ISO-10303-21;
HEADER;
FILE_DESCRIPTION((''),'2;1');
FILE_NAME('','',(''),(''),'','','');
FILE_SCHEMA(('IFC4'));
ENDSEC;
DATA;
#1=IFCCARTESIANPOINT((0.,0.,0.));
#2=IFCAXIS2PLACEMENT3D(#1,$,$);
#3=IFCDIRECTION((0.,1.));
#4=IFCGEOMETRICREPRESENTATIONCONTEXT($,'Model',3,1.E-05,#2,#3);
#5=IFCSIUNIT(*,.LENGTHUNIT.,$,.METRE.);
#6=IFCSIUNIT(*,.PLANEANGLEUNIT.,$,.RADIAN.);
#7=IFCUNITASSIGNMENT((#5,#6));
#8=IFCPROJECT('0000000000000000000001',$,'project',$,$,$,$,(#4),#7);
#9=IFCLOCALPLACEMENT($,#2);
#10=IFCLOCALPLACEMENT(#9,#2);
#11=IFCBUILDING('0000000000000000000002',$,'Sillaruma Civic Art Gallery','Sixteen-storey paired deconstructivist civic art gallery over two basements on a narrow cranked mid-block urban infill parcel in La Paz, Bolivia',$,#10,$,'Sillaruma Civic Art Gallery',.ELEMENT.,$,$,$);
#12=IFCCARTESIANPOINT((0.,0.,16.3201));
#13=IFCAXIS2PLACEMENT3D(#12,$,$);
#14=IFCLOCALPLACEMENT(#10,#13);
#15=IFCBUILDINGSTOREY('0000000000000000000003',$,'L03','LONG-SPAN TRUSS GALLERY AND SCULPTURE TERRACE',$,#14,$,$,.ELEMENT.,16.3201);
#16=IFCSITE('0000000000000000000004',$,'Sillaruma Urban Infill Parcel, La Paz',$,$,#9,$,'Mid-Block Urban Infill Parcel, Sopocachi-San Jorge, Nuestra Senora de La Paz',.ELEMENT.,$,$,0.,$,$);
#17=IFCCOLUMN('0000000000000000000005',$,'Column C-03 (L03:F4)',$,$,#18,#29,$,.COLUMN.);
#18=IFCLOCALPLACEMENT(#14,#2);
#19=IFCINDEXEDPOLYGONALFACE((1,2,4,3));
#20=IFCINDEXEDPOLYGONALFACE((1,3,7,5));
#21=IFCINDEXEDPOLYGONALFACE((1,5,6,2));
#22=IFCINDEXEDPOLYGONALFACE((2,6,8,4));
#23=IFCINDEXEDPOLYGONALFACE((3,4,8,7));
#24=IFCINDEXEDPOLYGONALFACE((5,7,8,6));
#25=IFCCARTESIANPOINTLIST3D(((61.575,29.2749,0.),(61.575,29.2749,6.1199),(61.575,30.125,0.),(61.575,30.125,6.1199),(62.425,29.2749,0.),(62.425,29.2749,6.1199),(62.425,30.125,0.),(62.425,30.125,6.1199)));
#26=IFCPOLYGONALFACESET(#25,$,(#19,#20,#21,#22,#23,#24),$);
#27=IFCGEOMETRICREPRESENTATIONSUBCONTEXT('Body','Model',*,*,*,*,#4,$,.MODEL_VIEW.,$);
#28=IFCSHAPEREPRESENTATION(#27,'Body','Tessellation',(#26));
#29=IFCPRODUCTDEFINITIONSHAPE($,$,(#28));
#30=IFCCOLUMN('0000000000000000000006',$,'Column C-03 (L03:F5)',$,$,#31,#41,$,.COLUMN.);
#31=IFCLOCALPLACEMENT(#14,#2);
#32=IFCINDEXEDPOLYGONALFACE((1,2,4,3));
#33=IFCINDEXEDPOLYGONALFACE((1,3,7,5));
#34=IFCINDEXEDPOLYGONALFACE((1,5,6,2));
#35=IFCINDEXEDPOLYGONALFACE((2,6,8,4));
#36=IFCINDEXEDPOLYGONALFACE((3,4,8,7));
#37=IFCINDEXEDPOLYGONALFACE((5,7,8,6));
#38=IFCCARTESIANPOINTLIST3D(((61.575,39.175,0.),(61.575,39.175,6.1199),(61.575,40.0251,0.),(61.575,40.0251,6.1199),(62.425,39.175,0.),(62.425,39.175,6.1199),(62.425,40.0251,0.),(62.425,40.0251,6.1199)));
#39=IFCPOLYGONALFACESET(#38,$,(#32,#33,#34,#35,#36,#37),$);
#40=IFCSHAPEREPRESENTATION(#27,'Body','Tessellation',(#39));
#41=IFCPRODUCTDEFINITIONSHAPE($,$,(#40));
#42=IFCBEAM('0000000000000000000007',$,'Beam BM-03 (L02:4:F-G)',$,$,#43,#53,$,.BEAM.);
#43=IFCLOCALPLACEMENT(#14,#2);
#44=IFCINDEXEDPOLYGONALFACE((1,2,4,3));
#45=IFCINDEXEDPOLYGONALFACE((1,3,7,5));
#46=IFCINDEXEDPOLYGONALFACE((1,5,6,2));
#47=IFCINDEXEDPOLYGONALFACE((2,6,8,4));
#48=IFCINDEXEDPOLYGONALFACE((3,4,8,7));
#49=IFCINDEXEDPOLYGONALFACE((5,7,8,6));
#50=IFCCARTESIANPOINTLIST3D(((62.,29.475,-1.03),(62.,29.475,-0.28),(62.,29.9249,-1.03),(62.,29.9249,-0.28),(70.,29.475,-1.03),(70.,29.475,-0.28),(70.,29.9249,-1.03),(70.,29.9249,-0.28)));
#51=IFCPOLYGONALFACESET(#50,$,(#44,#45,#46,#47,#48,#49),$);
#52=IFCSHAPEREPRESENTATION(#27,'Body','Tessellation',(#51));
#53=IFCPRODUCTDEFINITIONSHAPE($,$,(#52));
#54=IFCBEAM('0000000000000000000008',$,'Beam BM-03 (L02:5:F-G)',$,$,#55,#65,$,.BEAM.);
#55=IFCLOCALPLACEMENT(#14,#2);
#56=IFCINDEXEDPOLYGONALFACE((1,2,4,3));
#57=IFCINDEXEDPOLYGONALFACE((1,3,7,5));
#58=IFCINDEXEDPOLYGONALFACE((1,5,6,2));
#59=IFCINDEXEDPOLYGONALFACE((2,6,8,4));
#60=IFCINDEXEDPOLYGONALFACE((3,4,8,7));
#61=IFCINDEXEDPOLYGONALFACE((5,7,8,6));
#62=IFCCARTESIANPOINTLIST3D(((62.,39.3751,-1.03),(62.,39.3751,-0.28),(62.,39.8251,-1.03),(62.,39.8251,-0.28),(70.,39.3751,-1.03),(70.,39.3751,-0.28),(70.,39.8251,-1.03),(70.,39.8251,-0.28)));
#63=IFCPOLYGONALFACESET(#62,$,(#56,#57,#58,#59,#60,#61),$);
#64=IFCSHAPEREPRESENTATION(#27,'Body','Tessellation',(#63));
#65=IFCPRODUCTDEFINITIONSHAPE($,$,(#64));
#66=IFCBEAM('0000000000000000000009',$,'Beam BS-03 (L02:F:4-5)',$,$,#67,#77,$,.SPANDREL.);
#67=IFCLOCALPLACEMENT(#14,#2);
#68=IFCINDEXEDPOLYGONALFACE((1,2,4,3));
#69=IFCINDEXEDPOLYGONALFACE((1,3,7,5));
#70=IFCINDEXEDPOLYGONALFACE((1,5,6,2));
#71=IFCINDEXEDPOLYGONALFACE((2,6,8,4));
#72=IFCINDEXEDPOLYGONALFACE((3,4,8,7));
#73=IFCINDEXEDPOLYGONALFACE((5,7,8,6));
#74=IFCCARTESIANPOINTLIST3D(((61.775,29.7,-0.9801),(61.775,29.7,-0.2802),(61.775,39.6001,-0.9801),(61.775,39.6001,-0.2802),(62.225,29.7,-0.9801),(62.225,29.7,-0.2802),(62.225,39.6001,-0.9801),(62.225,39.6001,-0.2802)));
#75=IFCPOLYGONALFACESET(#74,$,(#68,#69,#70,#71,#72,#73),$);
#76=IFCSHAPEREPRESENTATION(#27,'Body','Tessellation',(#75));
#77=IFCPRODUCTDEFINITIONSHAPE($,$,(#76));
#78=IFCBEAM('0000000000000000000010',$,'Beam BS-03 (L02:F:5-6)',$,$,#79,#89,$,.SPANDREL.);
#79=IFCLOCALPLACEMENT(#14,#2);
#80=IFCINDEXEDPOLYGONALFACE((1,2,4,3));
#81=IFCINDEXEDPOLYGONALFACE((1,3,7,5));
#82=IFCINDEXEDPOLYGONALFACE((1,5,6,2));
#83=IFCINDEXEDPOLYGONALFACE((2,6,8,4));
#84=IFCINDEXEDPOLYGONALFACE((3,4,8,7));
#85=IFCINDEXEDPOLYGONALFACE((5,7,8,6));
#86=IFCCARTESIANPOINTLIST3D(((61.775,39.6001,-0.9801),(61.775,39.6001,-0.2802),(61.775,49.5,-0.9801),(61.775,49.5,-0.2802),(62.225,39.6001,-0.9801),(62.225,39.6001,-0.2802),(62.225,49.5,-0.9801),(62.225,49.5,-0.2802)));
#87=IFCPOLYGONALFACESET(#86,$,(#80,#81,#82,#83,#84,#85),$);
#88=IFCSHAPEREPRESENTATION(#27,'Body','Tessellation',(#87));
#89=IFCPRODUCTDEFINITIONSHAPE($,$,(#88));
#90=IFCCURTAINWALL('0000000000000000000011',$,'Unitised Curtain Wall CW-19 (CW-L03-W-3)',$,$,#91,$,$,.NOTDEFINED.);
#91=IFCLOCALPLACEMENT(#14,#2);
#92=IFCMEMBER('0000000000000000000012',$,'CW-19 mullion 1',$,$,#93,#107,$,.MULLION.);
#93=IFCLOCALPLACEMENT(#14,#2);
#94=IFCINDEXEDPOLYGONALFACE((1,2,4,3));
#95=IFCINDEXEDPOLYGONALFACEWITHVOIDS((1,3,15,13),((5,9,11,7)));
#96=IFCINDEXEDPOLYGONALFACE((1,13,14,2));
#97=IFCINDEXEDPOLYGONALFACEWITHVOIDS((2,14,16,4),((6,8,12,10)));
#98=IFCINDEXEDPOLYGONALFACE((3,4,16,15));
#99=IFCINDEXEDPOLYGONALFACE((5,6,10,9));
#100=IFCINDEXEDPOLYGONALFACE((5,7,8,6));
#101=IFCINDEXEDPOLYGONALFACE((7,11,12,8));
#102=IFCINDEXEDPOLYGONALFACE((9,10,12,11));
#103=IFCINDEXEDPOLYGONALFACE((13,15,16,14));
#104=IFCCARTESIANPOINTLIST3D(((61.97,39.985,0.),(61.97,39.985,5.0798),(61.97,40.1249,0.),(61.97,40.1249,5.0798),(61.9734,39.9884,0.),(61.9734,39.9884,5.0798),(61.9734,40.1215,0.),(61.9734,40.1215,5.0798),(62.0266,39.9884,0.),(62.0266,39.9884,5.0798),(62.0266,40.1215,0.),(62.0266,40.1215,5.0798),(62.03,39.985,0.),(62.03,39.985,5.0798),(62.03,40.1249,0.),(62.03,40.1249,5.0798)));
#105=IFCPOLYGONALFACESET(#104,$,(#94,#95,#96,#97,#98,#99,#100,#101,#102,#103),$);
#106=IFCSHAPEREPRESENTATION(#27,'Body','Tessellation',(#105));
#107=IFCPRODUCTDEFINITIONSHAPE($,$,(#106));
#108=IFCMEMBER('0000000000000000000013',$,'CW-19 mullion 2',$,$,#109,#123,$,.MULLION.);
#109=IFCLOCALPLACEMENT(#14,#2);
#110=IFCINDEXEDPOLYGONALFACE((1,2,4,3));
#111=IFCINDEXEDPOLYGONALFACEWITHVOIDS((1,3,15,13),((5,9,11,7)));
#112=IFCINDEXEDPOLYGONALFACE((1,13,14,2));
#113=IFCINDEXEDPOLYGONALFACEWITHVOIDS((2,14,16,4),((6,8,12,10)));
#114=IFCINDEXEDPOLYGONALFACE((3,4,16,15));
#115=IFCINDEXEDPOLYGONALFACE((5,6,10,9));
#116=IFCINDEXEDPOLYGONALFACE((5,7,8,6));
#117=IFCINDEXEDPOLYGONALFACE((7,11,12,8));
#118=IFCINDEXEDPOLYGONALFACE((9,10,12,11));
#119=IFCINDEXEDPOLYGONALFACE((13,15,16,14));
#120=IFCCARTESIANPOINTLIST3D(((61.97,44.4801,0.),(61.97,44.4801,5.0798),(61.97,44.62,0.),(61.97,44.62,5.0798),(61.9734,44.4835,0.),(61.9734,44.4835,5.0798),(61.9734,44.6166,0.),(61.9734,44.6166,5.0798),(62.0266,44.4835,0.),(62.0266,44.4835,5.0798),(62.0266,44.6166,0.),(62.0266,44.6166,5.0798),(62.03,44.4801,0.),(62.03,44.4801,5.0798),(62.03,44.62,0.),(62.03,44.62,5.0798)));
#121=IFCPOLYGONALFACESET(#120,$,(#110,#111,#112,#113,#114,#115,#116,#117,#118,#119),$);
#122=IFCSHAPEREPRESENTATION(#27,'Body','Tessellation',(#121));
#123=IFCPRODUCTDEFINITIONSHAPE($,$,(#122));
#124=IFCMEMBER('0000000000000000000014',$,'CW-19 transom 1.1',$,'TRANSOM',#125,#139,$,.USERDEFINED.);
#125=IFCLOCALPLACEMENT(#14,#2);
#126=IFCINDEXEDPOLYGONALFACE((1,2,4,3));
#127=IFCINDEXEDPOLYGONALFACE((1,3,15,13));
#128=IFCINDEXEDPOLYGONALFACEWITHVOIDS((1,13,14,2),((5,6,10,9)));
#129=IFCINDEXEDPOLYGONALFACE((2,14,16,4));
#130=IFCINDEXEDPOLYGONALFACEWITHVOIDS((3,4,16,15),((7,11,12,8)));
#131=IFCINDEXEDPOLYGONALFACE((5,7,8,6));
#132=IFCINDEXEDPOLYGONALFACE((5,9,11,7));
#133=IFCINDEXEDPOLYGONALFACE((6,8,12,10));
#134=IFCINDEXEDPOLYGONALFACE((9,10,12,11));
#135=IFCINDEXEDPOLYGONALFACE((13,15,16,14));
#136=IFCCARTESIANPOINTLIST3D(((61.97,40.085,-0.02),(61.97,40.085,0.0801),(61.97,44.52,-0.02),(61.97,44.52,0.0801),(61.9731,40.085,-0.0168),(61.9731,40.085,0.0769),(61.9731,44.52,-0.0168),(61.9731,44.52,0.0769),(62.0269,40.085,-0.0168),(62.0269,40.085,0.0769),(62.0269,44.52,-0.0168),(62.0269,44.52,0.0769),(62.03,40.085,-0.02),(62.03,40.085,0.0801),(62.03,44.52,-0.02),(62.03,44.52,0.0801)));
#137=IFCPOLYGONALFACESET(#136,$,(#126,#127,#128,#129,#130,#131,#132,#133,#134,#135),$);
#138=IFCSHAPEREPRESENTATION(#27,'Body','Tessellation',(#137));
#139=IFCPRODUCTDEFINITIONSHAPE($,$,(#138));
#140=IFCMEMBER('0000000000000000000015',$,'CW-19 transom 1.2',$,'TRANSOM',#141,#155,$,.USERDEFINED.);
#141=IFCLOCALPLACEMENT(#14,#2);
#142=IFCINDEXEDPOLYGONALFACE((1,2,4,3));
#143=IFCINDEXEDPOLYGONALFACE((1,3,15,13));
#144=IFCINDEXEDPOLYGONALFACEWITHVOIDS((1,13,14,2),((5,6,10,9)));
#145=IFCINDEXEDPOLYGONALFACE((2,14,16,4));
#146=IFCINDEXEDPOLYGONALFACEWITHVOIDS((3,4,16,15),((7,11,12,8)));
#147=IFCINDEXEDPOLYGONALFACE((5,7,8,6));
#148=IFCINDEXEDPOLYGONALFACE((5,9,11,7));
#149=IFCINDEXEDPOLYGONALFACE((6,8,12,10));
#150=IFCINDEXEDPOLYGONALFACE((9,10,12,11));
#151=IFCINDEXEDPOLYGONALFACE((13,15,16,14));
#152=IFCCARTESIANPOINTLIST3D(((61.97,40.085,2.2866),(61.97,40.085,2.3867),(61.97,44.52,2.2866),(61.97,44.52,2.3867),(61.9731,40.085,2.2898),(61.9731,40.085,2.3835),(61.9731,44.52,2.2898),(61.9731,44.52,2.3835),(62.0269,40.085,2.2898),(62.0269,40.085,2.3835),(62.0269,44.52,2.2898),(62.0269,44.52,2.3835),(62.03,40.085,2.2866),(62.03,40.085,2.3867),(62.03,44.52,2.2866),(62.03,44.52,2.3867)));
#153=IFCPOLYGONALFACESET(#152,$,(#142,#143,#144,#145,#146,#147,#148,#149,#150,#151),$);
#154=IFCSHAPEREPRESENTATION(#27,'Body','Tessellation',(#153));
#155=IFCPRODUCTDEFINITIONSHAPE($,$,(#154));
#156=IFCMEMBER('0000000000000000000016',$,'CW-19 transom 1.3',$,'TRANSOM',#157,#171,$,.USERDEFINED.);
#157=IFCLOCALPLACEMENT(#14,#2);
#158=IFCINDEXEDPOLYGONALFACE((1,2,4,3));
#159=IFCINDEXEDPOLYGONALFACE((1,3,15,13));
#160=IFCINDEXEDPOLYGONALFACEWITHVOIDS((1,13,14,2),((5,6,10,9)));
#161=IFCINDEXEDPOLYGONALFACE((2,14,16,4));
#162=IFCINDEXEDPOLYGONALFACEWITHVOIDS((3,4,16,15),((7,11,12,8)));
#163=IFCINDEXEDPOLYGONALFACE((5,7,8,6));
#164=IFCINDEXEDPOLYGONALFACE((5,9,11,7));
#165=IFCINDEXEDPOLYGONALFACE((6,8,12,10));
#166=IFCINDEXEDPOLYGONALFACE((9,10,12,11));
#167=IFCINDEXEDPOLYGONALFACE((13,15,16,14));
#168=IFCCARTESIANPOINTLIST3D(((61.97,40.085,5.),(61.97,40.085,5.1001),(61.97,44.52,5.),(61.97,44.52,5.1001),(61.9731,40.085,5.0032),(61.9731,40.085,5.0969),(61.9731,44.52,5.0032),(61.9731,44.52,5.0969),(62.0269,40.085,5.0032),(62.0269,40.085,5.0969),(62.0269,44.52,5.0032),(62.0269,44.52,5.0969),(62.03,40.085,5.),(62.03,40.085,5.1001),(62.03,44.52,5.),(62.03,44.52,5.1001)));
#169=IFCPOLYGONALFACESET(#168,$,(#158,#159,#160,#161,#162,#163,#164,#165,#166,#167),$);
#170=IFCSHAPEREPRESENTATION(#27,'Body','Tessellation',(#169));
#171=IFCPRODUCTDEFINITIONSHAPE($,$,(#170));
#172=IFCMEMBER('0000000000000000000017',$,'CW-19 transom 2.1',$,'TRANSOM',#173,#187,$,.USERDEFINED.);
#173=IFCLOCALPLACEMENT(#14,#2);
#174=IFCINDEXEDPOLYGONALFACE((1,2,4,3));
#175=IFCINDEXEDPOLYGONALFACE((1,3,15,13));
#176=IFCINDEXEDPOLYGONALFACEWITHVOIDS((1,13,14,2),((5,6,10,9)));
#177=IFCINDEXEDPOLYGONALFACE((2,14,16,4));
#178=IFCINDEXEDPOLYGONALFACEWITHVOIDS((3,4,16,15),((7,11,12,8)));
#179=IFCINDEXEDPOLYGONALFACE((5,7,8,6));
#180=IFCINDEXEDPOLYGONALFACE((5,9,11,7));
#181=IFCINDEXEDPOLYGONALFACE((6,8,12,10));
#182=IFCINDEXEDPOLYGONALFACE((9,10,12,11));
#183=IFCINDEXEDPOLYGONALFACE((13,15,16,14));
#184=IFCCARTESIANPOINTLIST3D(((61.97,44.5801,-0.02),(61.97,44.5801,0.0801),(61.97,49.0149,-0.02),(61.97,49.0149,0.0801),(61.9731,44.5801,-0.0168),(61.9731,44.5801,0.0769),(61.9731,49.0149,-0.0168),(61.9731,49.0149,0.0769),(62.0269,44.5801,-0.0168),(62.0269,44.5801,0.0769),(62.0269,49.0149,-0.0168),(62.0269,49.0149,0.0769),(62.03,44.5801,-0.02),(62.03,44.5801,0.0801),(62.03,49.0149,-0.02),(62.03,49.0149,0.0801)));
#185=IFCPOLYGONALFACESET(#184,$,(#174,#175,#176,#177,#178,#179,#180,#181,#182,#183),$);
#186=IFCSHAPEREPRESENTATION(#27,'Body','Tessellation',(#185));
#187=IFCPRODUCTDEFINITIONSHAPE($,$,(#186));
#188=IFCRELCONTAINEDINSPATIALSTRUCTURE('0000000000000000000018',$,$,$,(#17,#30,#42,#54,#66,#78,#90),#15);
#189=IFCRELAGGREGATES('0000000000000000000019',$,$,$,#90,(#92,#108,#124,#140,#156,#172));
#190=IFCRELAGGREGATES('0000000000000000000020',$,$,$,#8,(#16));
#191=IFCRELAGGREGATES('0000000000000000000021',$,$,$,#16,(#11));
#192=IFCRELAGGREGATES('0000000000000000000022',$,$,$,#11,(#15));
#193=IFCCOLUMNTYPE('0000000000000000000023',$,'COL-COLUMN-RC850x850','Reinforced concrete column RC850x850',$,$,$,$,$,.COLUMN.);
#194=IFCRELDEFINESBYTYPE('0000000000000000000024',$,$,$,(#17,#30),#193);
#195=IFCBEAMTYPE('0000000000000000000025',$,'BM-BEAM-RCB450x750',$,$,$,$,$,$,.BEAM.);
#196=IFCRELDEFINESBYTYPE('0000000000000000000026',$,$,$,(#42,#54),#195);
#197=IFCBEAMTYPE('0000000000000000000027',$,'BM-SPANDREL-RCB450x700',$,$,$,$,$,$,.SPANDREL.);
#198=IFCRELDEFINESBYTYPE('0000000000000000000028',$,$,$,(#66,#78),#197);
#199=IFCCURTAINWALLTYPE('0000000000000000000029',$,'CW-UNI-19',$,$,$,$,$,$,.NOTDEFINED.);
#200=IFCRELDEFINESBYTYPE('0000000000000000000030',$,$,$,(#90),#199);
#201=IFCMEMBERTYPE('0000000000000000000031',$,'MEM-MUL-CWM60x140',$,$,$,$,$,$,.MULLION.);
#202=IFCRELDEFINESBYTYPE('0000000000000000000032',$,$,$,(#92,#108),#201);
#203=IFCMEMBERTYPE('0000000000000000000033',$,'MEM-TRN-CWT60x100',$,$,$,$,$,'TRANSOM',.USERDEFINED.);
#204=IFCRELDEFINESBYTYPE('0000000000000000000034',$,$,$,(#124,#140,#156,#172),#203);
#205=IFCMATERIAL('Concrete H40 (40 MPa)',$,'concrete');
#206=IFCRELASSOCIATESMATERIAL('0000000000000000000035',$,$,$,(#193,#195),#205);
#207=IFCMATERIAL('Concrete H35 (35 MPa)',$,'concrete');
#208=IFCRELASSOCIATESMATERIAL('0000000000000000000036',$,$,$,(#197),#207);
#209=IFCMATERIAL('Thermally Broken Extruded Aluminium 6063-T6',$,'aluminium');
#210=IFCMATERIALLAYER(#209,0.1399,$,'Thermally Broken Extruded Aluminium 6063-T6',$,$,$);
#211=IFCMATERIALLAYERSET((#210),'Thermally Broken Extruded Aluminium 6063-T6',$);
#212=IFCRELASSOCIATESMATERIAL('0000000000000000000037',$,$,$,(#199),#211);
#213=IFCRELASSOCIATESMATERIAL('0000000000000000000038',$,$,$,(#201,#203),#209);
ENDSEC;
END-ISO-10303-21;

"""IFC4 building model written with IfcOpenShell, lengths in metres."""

from ifc_helpers import new_model, si_unit, direction, frame, origin, origin_2d, place, context, subcontext, project, spatial, rectangle, hollow_rectangle, extrude, material, layer, layer_set, material_profile, profile_set, type_object, element, aggregate, save


model = new_model("IFC4")

# Units and contexts
model_context = context("Model", 3, precision=1e-05, world=origin(), true_north=direction((0.0, 1.0)))
body_context = subcontext(model_context, "Body", "Model", "MODEL_VIEW")
ifc_project = project(units=[si_unit("LENGTHUNIT", "METRE"), si_unit("PLANEANGLEUNIT", "RADIAN")], contexts=[model_context])

# Site, building, storey
site_placement = place(None, origin())
site = spatial("IfcSite", under=ifc_project, at=site_placement, Name="Sillaruma Urban Infill Parcel, La Paz", LongName="Mid-Block Urban Infill Parcel, Sopocachi-San Jorge, Nuestra Senora de La Paz", CompositionType="ELEMENT", RefElevation=0.0)
building_placement = place(site_placement, origin())
building = spatial("IfcBuilding", under=site, at=building_placement, Name="Sillaruma Civic Art Gallery", Description="Sixteen-storey paired deconstructivist civic art gallery over two basements on a narrow cranked mid-block urban infill parcel in La Paz, Bolivia", LongName="Sillaruma Civic Art Gallery", CompositionType="ELEMENT")
storey_placement = place(building_placement, frame((0.0, 0.0, 16.3201)))
storey = spatial("IfcBuildingStorey", under=building, at=storey_placement, Name="L03", Description="LONG-SPAN TRUSS GALLERY AND SCULPTURE TERRACE", CompositionType="ELEMENT", Elevation=16.3201)

# Columns
ifc_material_1 = material(Name="Concrete H40 (40 MPa)", Category="concrete")
ifc_material_profile_1 = material_profile(ifc_material_1, rectangle(XDim=0.8501, YDim=0.8501, at=origin_2d()), Name="RC850x850")
ifc_profile_set_1 = profile_set([ifc_material_profile_1], Name="Concrete H40 (40 MPa)")
column_type = type_object("IfcColumnType", Name="COL-COLUMN-RC850x850", Description="Reinforced concrete column RC850x850", PredefinedType="COLUMN", material=ifc_profile_set_1)
for number, where, z_axis, x_axis, name in (
    (1, (62.0, 29.7, 0.0), (0.0, 0.0, 1.0), (1.0, 0.0, 0.0), "Column C-03 (L03:F4)"),
    (2, (62.0, 39.6001, 0.0), (0.0, 0.0, 1.0), (1.0, 0.0, 0.0), "Column C-03 (L03:F5)"),
):
    element("IfcColumn", number, at=place(storey_placement, frame(where, z_axis=z_axis, x_axis=x_axis)), inside=storey, type_object=column_type, Name=name, PredefinedType="COLUMN", context=body_context, shape_type="SweptSolid", body=[
        extrude(rectangle(XDim=0.8501, YDim=0.8501, at=origin_2d()), origin(), (0.0, 0.0, 1.0), 6.1199),
    ])

# Beams
ifc_material_profile_2 = material_profile(ifc_material_1, rectangle(XDim=0.45, YDim=0.75, at=origin_2d()), Name="RCB450x750")
ifc_profile_set_2 = profile_set([ifc_material_profile_2], Name="Concrete H40 (40 MPa)")
beam_type_1 = type_object("IfcBeamType", Name="BM-BEAM-RCB450x750", PredefinedType="BEAM", material=ifc_profile_set_2)
for number, where, z_axis, x_axis, name in (
    (3, (62.0, 29.7, -0.655), (1.0, 0.0, 0.0), (0.0, 1.0, 0.0), "Beam BM-03 (L02:4:F-G)"),
    (4, (62.0, 39.6001, -0.655), (1.0, 0.0, 0.0), (0.0, 1.0, 0.0), "Beam BM-03 (L02:5:F-G)"),
):
    element("IfcBeam", number, at=place(storey_placement, frame(where, z_axis=z_axis, x_axis=x_axis)), inside=storey, type_object=beam_type_1, Name=name, PredefinedType="BEAM", context=body_context, shape_type="SweptSolid", body=[
        extrude(rectangle(XDim=0.45, YDim=0.75, at=origin_2d()), origin(), (0.0, 0.0, 1.0), 8.0),
    ])
ifc_material_2 = material(Name="Concrete H35 (35 MPa)", Category="concrete")
ifc_material_profile_3 = material_profile(ifc_material_2, rectangle(XDim=0.45, YDim=0.7, at=origin_2d()), Name="RCB450x700")
ifc_profile_set_3 = profile_set([ifc_material_profile_3], Name="Concrete H35 (35 MPa)")
beam_type_2 = type_object("IfcBeamType", Name="BM-SPANDREL-RCB450x700", PredefinedType="SPANDREL", material=ifc_profile_set_3)
beam_1_placement = place(storey_placement, frame((62.0, 29.7, -0.6301), z_axis=(0.0, 1.0, 0.0), x_axis=(-1.0, 0.0, 0.0)))
element("IfcBeam", 5, at=beam_1_placement, inside=storey, type_object=beam_type_2, Name="Beam BS-03 (L02:F:4-5)", PredefinedType="SPANDREL", context=body_context, shape_type="SweptSolid", body=[
    extrude(rectangle(XDim=0.45, YDim=0.7, at=origin_2d()), origin(), (0.0, 0.0, 1.0), 9.9001),
])
beam_2_placement = place(storey_placement, frame((62.0, 39.6001, -0.6301), z_axis=(0.0, 1.0, 0.0), x_axis=(-1.0, 0.0, 0.0)))
element("IfcBeam", 6, at=beam_2_placement, inside=storey, type_object=beam_type_2, Name="Beam BS-03 (L02:F:5-6)", PredefinedType="SPANDREL", context=body_context, shape_type="SweptSolid", body=[
    extrude(rectangle(XDim=0.45, YDim=0.7, at=origin_2d()), origin(), (0.0, 0.0, 1.0), 9.8999),
])

# Curtain wall, members
ifc_material_3 = material(Name="Thermally Broken Extruded Aluminium 6063-T6", Category="aluminium")
ifc_layer_1 = layer(ifc_material_3, 0.1399, Name="Thermally Broken Extruded Aluminium 6063-T6")
ifc_layer_set_1 = layer_set([ifc_layer_1], Name="Thermally Broken Extruded Aluminium 6063-T6")
curtain_wall_type = type_object("IfcCurtainWallType", Name="CW-UNI-19", PredefinedType="NOTDEFINED", material=ifc_layer_set_1)
curtain_wall_placement = place(storey_placement, origin())
curtain_wall = element("IfcCurtainWall", 7, at=curtain_wall_placement, inside=storey, type_object=curtain_wall_type, Name="Unitised Curtain Wall CW-19 (CW-L03-W-3)", PredefinedType="NOTDEFINED")
ifc_material_profile_4 = material_profile(ifc_material_3, hollow_rectangle(XDim=0.0601, YDim=0.1399, WallThickness=0.0034, at=origin_2d()), Name="CWM60x140")
ifc_profile_set_4 = profile_set([ifc_material_profile_4], Name="Thermally Broken Extruded Aluminium 6063-T6")
member_type_1 = type_object("IfcMemberType", Name="MEM-MUL-CWM60x140", PredefinedType="MULLION", material=ifc_profile_set_4)
member_1_placement = place(storey_placement, frame((62.0, 40.0549, 0.0), z_axis=(0.0, 0.0, 1.0), x_axis=(-1.0, 0.0, 0.0)))
member_1 = element("IfcMember", 8, at=member_1_placement, type_object=member_type_1, Name="CW-19 mullion 1", PredefinedType="MULLION", context=body_context, shape_type="SweptSolid", body=[
    extrude(hollow_rectangle(XDim=0.0601, YDim=0.1399, WallThickness=0.0034, at=origin_2d()), origin(), (0.0, 0.0, 1.0), 5.0798),
])
member_2_placement = place(storey_placement, frame((62.0, 44.55, 0.0), z_axis=(0.0, 0.0, 1.0), x_axis=(-1.0, 0.0, 0.0)))
member_2 = element("IfcMember", 9, at=member_2_placement, type_object=member_type_1, Name="CW-19 mullion 2", PredefinedType="MULLION", context=body_context, shape_type="SweptSolid", body=[
    extrude(hollow_rectangle(XDim=0.0601, YDim=0.1399, WallThickness=0.0034, at=origin_2d()), origin(), (0.0, 0.0, 1.0), 5.0798),
])
ifc_material_profile_5 = material_profile(ifc_material_3, hollow_rectangle(XDim=0.0601, YDim=0.1001, WallThickness=0.0032, at=origin_2d()), Name="CWT60x100")
ifc_profile_set_5 = profile_set([ifc_material_profile_5], Name="Thermally Broken Extruded Aluminium 6063-T6")
member_type_2 = type_object("IfcMemberType", Name="MEM-TRN-CWT60x100", ElementType="TRANSOM", PredefinedType="USERDEFINED", material=ifc_profile_set_5)
member_3_placement = place(storey_placement, frame((62.0, 40.085, 0.03), z_axis=(0.0, 1.0, 0.0), x_axis=(-1.0, 0.0, 0.0)))
member_3 = element("IfcMember", 10, at=member_3_placement, type_object=member_type_2, Name="CW-19 transom 1.1", ObjectType="TRANSOM", PredefinedType="USERDEFINED", context=body_context, shape_type="SweptSolid", body=[
    extrude(hollow_rectangle(XDim=0.0601, YDim=0.1001, WallThickness=0.0032, at=origin_2d()), origin(), (0.0, 0.0, 1.0), 4.4351),
])
member_4_placement = place(storey_placement, frame((62.0, 40.085, 2.3367), z_axis=(0.0, 1.0, 0.0), x_axis=(-1.0, 0.0, 0.0)))
member_4 = element("IfcMember", 11, at=member_4_placement, type_object=member_type_2, Name="CW-19 transom 1.2", ObjectType="TRANSOM", PredefinedType="USERDEFINED", context=body_context, shape_type="SweptSolid", body=[
    extrude(hollow_rectangle(XDim=0.0601, YDim=0.1001, WallThickness=0.0032, at=origin_2d()), origin(), (0.0, 0.0, 1.0), 4.4351),
])
member_5_placement = place(storey_placement, frame((62.0, 40.085, 5.05), z_axis=(0.0, 1.0, 0.0), x_axis=(-1.0, 0.0, 0.0)))
member_5 = element("IfcMember", 12, at=member_5_placement, type_object=member_type_2, Name="CW-19 transom 1.3", ObjectType="TRANSOM", PredefinedType="USERDEFINED", context=body_context, shape_type="SweptSolid", body=[
    extrude(hollow_rectangle(XDim=0.0601, YDim=0.1001, WallThickness=0.0032, at=origin_2d()), origin(), (0.0, 0.0, 1.0), 4.4351),
])
member_6_placement = place(storey_placement, frame((62.0, 44.5801, 0.03), z_axis=(0.0, 1.0, 0.0), x_axis=(-1.0, 0.0, 0.0)))
member_6 = element("IfcMember", 13, at=member_6_placement, type_object=member_type_2, Name="CW-19 transom 2.1", ObjectType="TRANSOM", PredefinedType="USERDEFINED", context=body_context, shape_type="SweptSolid", body=[
    extrude(hollow_rectangle(XDim=0.0601, YDim=0.1001, WallThickness=0.0032, at=origin_2d()), origin(), (0.0, 0.0, 1.0), 4.4348),
])
aggregate(curtain_wall, [member_1, member_2, member_3, member_4, member_5, member_6])

save(model, "model.ifc")
